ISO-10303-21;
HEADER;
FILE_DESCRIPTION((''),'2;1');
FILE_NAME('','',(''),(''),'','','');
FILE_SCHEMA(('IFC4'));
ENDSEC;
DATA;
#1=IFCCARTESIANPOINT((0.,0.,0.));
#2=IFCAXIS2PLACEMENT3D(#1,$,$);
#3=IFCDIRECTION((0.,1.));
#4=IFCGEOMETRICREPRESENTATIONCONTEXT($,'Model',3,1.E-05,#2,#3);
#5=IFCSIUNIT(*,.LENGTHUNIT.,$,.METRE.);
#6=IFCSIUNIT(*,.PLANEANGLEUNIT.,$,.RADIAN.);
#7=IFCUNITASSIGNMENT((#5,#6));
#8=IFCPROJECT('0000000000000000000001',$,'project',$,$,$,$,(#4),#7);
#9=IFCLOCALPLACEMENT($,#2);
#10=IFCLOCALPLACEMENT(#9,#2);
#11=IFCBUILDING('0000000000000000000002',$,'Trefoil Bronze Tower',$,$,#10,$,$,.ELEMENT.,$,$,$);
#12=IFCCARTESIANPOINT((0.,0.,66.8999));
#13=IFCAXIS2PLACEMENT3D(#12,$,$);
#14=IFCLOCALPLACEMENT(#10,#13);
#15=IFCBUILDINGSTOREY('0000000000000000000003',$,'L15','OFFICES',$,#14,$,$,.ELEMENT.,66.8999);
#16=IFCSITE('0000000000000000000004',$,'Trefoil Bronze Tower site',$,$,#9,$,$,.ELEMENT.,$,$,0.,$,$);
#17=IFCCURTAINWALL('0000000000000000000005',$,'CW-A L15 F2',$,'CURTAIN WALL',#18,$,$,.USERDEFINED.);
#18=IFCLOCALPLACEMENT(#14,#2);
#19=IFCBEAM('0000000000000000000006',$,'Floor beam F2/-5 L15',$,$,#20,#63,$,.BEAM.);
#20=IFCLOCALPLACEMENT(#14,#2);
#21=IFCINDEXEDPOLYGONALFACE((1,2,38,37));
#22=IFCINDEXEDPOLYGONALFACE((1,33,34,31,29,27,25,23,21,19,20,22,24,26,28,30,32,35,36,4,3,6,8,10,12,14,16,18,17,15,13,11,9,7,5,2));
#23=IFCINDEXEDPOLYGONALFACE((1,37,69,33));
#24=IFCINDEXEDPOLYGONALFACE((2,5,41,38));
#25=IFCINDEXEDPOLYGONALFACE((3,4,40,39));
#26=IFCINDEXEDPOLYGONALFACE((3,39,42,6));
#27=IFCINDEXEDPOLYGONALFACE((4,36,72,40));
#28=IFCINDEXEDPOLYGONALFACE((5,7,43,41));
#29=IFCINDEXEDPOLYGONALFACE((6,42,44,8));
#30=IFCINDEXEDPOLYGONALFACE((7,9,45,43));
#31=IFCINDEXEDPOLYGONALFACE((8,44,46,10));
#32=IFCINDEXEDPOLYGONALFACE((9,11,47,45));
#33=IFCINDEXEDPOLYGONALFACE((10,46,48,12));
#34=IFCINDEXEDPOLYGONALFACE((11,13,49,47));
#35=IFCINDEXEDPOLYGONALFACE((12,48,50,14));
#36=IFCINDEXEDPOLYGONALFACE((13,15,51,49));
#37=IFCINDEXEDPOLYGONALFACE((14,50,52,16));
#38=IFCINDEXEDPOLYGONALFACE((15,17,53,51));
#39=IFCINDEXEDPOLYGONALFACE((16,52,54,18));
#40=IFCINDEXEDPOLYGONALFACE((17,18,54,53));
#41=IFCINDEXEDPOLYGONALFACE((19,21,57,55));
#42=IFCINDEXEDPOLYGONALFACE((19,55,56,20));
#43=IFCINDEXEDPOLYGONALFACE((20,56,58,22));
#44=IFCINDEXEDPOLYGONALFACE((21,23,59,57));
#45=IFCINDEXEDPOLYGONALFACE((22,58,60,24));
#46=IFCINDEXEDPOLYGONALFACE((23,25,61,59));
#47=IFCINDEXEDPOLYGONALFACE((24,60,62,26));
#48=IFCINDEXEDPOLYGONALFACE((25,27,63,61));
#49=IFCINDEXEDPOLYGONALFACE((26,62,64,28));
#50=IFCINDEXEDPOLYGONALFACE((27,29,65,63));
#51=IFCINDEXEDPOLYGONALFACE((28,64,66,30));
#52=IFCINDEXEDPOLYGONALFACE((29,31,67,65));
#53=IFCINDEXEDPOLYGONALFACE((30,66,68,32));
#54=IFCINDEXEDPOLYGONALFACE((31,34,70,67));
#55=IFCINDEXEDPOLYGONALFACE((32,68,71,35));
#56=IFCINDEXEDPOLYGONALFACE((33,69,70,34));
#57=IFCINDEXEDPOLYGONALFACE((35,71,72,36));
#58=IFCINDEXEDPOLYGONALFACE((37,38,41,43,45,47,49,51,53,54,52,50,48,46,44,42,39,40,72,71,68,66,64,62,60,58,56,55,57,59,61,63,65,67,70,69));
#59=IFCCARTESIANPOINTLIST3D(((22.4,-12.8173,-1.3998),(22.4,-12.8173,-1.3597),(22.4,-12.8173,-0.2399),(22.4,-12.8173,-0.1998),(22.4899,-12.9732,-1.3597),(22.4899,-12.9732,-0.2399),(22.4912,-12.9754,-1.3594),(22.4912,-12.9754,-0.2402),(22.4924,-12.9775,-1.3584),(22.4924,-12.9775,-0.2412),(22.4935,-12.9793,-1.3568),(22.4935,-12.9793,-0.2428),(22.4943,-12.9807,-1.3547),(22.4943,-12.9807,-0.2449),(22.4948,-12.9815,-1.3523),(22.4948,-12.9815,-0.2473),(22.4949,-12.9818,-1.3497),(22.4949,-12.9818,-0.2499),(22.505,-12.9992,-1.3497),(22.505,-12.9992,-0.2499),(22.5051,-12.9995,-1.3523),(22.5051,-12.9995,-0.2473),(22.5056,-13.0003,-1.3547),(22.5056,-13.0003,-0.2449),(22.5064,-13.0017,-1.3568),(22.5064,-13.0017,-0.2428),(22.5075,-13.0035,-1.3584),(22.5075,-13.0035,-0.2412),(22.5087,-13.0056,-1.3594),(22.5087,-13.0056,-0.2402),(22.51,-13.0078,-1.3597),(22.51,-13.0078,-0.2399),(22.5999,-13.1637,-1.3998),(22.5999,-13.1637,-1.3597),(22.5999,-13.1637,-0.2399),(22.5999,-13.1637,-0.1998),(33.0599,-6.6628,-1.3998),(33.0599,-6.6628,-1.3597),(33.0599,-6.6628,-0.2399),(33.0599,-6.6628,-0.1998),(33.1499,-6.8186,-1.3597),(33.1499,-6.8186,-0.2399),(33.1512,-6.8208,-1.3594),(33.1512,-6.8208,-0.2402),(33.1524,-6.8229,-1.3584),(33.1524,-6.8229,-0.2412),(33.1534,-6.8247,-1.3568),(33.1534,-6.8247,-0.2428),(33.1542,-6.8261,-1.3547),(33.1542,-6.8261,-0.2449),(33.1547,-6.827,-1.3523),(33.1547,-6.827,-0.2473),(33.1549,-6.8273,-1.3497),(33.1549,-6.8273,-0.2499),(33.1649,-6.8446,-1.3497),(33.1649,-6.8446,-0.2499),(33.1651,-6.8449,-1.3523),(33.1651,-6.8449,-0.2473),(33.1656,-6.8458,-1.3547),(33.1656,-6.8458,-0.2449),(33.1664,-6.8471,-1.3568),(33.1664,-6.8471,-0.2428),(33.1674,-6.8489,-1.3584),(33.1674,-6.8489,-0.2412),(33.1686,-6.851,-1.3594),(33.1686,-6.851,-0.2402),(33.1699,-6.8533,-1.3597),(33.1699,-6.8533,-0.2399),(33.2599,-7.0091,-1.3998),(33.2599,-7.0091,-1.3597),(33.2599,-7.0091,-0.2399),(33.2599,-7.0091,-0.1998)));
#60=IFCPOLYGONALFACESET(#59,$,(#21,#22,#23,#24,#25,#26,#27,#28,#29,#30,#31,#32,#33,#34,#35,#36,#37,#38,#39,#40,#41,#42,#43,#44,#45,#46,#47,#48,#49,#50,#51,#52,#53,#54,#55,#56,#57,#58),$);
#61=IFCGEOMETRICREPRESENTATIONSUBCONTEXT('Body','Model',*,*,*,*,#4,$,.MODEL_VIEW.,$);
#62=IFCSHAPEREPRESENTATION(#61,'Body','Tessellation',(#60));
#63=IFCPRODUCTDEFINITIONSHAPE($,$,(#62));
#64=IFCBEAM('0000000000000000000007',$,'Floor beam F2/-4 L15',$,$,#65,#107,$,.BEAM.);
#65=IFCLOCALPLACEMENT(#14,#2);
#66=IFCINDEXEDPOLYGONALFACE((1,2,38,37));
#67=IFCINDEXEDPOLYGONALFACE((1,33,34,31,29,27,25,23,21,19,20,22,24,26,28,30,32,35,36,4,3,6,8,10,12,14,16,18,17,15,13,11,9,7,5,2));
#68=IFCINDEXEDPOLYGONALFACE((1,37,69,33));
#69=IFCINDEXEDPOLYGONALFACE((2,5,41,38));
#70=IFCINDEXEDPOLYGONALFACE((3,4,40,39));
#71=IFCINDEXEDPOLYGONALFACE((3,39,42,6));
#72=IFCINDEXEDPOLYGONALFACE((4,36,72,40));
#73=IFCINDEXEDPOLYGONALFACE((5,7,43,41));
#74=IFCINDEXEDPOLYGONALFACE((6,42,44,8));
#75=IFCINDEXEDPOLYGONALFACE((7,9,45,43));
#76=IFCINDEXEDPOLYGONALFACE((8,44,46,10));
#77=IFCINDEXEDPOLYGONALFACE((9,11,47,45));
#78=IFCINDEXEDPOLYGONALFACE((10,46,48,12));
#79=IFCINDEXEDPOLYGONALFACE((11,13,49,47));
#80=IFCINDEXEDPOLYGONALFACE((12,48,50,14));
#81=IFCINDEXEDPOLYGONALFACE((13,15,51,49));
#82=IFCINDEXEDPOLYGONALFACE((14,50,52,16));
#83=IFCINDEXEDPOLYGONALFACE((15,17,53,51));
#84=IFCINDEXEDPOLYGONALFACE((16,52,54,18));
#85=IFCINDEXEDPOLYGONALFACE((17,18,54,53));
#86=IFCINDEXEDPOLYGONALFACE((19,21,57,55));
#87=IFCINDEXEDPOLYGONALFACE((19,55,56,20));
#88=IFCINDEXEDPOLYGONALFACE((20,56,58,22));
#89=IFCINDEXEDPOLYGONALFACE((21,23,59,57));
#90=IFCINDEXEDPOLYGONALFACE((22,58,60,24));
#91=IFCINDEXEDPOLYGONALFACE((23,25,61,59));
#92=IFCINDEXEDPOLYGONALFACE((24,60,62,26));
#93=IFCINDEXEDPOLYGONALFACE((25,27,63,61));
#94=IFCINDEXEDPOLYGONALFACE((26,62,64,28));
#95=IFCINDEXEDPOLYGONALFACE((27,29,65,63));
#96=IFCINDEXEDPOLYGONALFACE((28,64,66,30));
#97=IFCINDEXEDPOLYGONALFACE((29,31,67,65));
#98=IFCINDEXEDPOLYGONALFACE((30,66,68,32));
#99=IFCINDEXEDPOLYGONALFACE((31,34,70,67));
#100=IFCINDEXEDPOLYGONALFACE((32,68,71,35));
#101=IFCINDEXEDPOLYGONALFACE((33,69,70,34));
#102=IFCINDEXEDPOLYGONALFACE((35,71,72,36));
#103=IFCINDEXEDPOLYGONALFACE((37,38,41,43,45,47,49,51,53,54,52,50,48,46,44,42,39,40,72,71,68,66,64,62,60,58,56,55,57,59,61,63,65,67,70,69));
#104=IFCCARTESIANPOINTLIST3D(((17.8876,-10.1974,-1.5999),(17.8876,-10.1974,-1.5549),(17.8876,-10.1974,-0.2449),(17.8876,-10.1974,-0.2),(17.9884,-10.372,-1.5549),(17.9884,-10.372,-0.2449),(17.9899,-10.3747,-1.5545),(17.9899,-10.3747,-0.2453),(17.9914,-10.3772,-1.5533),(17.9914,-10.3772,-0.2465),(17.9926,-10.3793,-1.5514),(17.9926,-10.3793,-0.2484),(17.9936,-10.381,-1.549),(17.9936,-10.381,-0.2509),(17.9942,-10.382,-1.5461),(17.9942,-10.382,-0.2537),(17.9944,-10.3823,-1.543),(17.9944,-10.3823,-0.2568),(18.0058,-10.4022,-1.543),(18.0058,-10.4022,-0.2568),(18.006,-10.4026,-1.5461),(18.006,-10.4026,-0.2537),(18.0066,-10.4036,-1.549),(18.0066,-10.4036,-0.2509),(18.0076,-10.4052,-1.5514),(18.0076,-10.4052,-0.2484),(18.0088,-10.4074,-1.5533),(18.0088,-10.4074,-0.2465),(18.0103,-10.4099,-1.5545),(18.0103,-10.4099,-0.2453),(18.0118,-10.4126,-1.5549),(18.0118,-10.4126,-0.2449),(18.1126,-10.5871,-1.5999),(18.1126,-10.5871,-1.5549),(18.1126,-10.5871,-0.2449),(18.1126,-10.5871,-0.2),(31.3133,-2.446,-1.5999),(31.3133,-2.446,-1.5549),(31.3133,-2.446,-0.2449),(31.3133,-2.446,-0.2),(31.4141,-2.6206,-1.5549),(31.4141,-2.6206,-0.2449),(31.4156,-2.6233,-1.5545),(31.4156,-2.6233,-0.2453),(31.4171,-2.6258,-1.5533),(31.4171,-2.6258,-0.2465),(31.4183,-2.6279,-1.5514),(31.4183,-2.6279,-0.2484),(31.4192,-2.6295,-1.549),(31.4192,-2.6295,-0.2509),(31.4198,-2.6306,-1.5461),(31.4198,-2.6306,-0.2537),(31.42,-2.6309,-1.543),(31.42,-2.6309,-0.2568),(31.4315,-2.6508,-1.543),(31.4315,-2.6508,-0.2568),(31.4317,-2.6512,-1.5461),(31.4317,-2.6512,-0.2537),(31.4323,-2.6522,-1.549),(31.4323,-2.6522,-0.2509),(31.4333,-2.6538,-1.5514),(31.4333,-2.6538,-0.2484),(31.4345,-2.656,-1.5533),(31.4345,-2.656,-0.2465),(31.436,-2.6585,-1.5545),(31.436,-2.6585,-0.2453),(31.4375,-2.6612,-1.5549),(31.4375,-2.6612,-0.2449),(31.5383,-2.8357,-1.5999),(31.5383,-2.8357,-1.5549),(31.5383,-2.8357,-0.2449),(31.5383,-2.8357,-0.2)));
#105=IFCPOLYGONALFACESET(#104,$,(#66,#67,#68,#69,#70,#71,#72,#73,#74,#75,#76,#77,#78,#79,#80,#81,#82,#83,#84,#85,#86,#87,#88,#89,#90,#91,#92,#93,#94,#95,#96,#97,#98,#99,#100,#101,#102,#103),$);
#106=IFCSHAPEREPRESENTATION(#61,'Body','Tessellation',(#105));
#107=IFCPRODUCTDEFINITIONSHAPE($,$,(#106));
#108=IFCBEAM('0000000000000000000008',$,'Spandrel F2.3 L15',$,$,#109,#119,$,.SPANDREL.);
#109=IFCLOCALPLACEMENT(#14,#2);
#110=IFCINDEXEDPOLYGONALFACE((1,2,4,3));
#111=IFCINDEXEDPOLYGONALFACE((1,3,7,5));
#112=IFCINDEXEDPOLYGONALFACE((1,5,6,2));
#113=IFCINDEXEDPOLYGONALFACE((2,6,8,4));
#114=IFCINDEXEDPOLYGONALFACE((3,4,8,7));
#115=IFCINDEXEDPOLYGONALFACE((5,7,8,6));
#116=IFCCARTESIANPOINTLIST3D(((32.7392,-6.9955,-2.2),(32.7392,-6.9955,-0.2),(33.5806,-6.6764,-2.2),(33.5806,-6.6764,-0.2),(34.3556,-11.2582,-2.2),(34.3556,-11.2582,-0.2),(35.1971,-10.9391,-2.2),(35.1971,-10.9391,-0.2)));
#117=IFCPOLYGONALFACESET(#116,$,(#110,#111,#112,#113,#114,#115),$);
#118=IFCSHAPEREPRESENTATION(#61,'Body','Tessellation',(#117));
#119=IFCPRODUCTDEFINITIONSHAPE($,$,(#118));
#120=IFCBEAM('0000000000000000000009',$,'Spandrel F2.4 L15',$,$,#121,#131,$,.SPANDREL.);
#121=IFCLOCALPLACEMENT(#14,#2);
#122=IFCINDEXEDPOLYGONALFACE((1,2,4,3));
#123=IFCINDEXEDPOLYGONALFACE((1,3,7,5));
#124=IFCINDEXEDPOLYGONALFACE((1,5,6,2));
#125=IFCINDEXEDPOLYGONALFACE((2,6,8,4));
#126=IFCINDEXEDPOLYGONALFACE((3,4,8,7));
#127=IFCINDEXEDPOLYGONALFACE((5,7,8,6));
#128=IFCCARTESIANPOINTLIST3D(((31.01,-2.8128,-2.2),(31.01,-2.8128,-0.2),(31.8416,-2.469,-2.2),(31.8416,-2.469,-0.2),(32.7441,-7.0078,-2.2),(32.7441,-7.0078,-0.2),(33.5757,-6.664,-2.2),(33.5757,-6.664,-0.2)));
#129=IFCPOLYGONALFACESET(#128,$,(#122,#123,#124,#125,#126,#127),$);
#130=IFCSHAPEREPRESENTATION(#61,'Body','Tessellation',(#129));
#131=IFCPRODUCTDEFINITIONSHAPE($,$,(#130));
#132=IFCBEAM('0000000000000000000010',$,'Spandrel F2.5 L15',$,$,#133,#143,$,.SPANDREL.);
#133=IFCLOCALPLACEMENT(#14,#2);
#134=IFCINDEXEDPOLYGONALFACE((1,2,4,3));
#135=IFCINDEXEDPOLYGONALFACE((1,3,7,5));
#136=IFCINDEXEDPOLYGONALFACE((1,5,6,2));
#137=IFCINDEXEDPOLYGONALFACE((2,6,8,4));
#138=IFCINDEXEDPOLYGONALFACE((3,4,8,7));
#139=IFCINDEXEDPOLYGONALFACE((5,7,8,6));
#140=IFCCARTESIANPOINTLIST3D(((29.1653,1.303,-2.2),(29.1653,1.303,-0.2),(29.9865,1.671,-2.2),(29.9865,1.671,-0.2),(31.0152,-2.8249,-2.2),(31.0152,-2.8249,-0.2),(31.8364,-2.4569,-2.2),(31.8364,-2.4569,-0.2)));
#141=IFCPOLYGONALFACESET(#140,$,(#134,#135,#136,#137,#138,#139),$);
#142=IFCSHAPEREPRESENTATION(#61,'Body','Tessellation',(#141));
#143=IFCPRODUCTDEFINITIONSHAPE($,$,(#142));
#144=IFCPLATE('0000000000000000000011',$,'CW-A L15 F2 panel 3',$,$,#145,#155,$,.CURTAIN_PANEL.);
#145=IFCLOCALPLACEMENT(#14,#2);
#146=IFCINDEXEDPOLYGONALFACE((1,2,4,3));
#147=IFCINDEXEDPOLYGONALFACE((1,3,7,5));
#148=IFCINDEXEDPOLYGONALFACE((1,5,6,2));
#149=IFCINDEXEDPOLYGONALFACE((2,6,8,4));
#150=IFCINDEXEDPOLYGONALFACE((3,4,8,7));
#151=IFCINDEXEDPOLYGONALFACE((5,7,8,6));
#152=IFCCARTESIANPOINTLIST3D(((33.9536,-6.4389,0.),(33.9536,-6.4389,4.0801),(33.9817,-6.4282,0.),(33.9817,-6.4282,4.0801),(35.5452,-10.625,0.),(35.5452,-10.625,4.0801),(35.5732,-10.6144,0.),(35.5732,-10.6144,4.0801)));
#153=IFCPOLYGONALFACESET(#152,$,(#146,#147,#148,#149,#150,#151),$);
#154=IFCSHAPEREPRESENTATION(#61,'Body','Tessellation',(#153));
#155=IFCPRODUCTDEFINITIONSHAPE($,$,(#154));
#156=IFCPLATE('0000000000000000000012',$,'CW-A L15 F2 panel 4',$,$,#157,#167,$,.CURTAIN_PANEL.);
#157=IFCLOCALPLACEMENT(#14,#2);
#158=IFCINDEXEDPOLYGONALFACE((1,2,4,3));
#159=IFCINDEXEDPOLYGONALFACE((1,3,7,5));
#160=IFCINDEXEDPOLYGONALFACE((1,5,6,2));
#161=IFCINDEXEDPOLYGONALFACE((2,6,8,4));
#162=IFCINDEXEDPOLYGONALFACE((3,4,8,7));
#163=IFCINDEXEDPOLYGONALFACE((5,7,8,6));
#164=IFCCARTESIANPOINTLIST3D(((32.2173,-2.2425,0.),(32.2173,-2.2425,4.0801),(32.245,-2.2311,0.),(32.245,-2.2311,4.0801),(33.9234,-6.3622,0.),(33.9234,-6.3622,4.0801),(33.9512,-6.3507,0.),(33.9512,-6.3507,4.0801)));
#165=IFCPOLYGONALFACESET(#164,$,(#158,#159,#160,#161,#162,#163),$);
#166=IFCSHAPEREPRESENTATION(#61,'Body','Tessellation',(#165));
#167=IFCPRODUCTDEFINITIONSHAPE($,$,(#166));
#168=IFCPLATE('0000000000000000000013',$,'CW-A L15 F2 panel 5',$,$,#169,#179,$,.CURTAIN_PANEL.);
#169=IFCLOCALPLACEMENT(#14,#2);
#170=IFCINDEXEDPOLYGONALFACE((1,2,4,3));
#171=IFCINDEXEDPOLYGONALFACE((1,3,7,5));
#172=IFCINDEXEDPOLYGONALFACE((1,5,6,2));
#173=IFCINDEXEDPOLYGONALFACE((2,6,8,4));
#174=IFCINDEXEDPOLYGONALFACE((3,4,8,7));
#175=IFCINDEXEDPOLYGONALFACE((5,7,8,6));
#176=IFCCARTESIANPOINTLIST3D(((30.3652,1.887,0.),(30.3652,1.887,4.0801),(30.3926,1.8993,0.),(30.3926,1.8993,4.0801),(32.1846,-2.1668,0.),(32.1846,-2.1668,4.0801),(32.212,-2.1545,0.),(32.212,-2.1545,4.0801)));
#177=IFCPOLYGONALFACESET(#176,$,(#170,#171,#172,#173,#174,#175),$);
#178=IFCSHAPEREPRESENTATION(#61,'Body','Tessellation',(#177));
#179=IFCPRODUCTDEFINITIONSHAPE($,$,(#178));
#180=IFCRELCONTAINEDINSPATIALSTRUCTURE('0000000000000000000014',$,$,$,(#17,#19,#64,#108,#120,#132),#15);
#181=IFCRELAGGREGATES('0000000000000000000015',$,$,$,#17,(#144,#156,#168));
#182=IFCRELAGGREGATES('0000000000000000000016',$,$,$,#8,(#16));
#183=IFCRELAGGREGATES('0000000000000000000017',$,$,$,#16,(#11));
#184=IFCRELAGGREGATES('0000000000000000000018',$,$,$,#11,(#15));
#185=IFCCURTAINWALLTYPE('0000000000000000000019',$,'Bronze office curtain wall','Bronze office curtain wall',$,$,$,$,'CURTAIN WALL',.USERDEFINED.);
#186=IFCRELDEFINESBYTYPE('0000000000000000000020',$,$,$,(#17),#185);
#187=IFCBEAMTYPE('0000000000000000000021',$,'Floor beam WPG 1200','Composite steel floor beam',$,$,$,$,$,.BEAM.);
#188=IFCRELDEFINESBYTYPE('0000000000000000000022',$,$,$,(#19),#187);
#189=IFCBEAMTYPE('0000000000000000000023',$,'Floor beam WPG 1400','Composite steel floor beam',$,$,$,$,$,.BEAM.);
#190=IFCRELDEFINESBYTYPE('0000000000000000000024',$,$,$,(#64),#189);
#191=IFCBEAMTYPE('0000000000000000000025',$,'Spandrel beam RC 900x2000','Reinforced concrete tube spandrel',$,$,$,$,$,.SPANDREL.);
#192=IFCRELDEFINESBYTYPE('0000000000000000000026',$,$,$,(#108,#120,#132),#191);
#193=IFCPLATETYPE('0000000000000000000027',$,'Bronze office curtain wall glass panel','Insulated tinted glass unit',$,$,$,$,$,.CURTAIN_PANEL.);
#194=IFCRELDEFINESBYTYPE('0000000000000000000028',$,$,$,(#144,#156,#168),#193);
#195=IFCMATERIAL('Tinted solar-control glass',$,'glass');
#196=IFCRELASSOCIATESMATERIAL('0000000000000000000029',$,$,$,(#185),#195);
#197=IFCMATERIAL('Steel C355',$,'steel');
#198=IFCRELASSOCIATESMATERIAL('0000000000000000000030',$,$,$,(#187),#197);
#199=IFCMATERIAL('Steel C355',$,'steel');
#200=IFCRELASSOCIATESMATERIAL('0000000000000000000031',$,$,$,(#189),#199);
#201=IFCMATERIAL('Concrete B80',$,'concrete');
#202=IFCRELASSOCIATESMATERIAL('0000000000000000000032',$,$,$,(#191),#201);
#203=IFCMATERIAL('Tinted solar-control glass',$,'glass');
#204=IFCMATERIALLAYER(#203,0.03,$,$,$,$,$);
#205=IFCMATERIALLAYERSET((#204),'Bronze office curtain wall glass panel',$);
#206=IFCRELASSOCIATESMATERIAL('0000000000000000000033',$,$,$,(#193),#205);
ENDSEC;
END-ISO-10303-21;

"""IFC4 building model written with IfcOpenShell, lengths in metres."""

from ifc_helpers import new_model, si_unit, direction, frame, origin, origin_2d, place, context, subcontext, project, spatial, rectangle, i_section, extrude, material, layer, layer_set, material_profile, profile_set, type_object, element, aggregate, save


model = new_model("IFC4")

# Units and contexts
model_context = context("Model", 3, precision=1e-05, world=origin(), true_north=direction((0.0, 1.0)))
body_context = subcontext(model_context, "Body", "Model", "MODEL_VIEW")
ifc_project = project(units=[si_unit("LENGTHUNIT", "METRE"), si_unit("PLANEANGLEUNIT", "RADIAN")], contexts=[model_context])

# Site, building, storey
site_placement = place(None, origin())
site = spatial("IfcSite", under=ifc_project, at=site_placement, Name="Trefoil Bronze Tower site", CompositionType="ELEMENT", RefElevation=0.0)
building_placement = place(site_placement, origin())
building = spatial("IfcBuilding", under=site, at=building_placement, Name="Trefoil Bronze Tower", CompositionType="ELEMENT")
storey_placement = place(building_placement, frame((0.0, 0.0, 66.8999)))
storey = spatial("IfcBuildingStorey", under=building, at=storey_placement, Name="L15", Description="OFFICES", CompositionType="ELEMENT", Elevation=66.8999)

# Curtain wall
ifc_material_1 = material(Name="Tinted solar-control glass", Category="glass")
curtain_wall_type = type_object("IfcCurtainWallType", Name="Bronze office curtain wall", Description="Bronze office curtain wall", ElementType="CURTAIN WALL", PredefinedType="USERDEFINED", material=ifc_material_1)
curtain_wall_placement = place(storey_placement, origin())
curtain_wall = element("IfcCurtainWall", 1, at=curtain_wall_placement, inside=storey, type_object=curtain_wall_type, Name="CW-A L15 F2", ObjectType="CURTAIN WALL", PredefinedType="USERDEFINED")

# Beams
ifc_material_2 = material(Name="Steel C355", Category="steel")
ifc_material_profile_1 = material_profile(ifc_material_2, i_section(OverallWidth=0.3999, OverallDepth=1.2, WebThickness=0.02, FlangeThickness=0.04, FilletRadius=0.01, at=origin_2d()), Name="WPG 1200")
ifc_profile_set_1 = profile_set([ifc_material_profile_1], Name="Steel C355")
beam_type_1 = type_object("IfcBeamType", Name="Floor beam WPG 1200", Description="Composite steel floor beam", PredefinedType="BEAM", material=ifc_profile_set_1)
beam_1_placement = place(storey_placement, frame((33.1599, -6.8359, -0.7998), z_axis=(-0.866024, -0.500002, 0.0), x_axis=(0.500002, -0.866024, 0.0)))
element("IfcBeam", 2, at=beam_1_placement, inside=storey, type_object=beam_type_1, Name="Floor beam F2/-5 L15", PredefinedType="BEAM", context=body_context, shape_type="SweptSolid", body=[
    extrude(i_section(OverallWidth=0.3999, OverallDepth=1.2, WebThickness=0.02, FlangeThickness=0.04, FilletRadius=0.01, at=origin_2d()), origin(), (0.0, 0.0, 1.0), 12.3091),
])
ifc_material_3 = material(Name="Steel C355", Category="steel")
ifc_material_profile_2 = material_profile(ifc_material_3, i_section(OverallWidth=0.45, OverallDepth=1.3999, WebThickness=0.0229, FlangeThickness=0.0449, FilletRadius=0.012, at=origin_2d()), Name="WPG 1400")
ifc_profile_set_2 = profile_set([ifc_material_profile_2], Name="Steel C355")
beam_type_2 = type_object("IfcBeamType", Name="Floor beam WPG 1400", Description="Composite steel floor beam", PredefinedType="BEAM", material=ifc_profile_set_2)
beam_2_placement = place(storey_placement, frame((31.4258, -2.6409, -0.8999), z_axis=(-0.866023, -0.500004, 0.0), x_axis=(0.500004, -0.866023, 0.0)))
element("IfcBeam", 3, at=beam_2_placement, inside=storey, type_object=beam_type_2, Name="Floor beam F2/-4 L15", PredefinedType="BEAM", context=body_context, shape_type="SweptSolid", body=[
    extrude(i_section(OverallWidth=0.45, OverallDepth=1.3999, WebThickness=0.0229, FlangeThickness=0.0449, FilletRadius=0.012, at=origin_2d()), origin(), (0.0, 0.0, 1.0), 15.5027),
])
ifc_material_4 = material(Name="Concrete B80", Category="concrete")
ifc_material_profile_3 = material_profile(ifc_material_4, rectangle(XDim=0.8999, YDim=2.0, at=origin_2d()), Name="RC 900x2000")
ifc_profile_set_3 = profile_set([ifc_material_profile_3], Name="Concrete B80")
beam_type_3 = type_object("IfcBeamType", Name="Spandrel beam RC 900x2000", Description="Reinforced concrete tube spandrel", PredefinedType="SPANDREL", material=ifc_profile_set_3)
beam_3_placement = place(storey_placement, frame((34.7764, -11.0986, -1.2), z_axis=(-0.354572, 0.935029, 0.0), x_axis=(-0.935029, -0.354572, 0.0)))
element("IfcBeam", 4, at=beam_3_placement, inside=storey, type_object=beam_type_3, Name="Spandrel F2.3 L15", PredefinedType="SPANDREL", context=body_context, shape_type="SweptSolid", body=[
    extrude(rectangle(XDim=0.8999, YDim=2.0, at=origin_2d()), origin(), (0.0, 0.0, 1.0), 4.5588),
])
beam_4_placement = place(storey_placement, frame((33.1599, -6.8359, -1.2), z_axis=(-0.382021, 0.924154, 0.0), x_axis=(-0.924154, -0.382021, 0.0)))
element("IfcBeam", 5, at=beam_4_placement, inside=storey, type_object=beam_type_3, Name="Spandrel F2.4 L15", PredefinedType="SPANDREL", context=body_context, shape_type="SweptSolid", body=[
    extrude(rectangle(XDim=0.8999, YDim=2.0, at=origin_2d()), origin(), (0.0, 0.0, 1.0), 4.5393),
])
beam_5_placement = place(storey_placement, frame((31.4258, -2.6409, -1.2), z_axis=(-0.408946, 0.912559, 0.0), x_axis=(-0.912559, -0.408946, 0.0)))
element("IfcBeam", 6, at=beam_5_placement, inside=storey, type_object=beam_type_3, Name="Spandrel F2.5 L15", PredefinedType="SPANDREL", context=body_context, shape_type="SweptSolid", body=[
    extrude(rectangle(XDim=0.8999, YDim=2.0, at=origin_2d()), origin(), (0.0, 0.0, 1.0), 4.5234),
])

# Plates
ifc_material_5 = material(Name="Tinted solar-control glass", Category="glass")
ifc_layer_1 = layer(ifc_material_5, 0.03)
ifc_layer_set_1 = layer_set([ifc_layer_1], Name="Bronze office curtain wall glass panel")
plate_type = type_object("IfcPlateType", Name="Bronze office curtain wall glass panel", Description="Insulated tinted glass unit", PredefinedType="CURTAIN_PANEL", material=ifc_layer_set_1)
plate_1_placement = place(storey_placement, frame((34.7634, -8.5266, 0.0), z_axis=(0.0, 0.0, 1.0), x_axis=(-0.355371, 0.934725, 0.0)))
plate_1 = element("IfcPlate", 7, at=plate_1_placement, type_object=plate_type, Name="CW-A L15 F2 panel 3", PredefinedType="CURTAIN_PANEL", context=body_context, shape_type="SweptSolid", body=[
    extrude(rectangle(XDim=4.4785, YDim=0.03, at=origin_2d()), origin(), (0.0, 0.0, 1.0), 4.0801),
])
plate_2_placement = place(storey_placement, frame((33.0842, -4.2966, 0.0), z_axis=(0.0, 0.0, 1.0), x_axis=(-0.38263, 0.923902, 0.0)))
plate_2 = element("IfcPlate", 8, at=plate_2_placement, type_object=plate_type, Name="CW-A L15 F2 panel 4", PredefinedType="CURTAIN_PANEL", context=body_context, shape_type="SweptSolid", body=[
    extrude(rectangle(XDim=4.459, YDim=0.03, at=origin_2d()), origin(), (0.0, 0.0, 1.0), 4.0801),
])
plate_3_placement = place(storey_placement, frame((31.2886, -0.1338, 0.0), z_axis=(0.0, 0.0, 1.0), x_axis=(-0.409456, 0.91233, 0.0)))
plate_3 = element("IfcPlate", 9, at=plate_3_placement, type_object=plate_type, Name="CW-A L15 F2 panel 5", PredefinedType="CURTAIN_PANEL", context=body_context, shape_type="SweptSolid", body=[
    extrude(rectangle(XDim=4.4434, YDim=0.03, at=origin_2d()), origin(), (0.0, 0.0, 1.0), 4.0801),
])
aggregate(curtain_wall, [plate_1, plate_2, plate_3])

save(model, "model.ifc")
